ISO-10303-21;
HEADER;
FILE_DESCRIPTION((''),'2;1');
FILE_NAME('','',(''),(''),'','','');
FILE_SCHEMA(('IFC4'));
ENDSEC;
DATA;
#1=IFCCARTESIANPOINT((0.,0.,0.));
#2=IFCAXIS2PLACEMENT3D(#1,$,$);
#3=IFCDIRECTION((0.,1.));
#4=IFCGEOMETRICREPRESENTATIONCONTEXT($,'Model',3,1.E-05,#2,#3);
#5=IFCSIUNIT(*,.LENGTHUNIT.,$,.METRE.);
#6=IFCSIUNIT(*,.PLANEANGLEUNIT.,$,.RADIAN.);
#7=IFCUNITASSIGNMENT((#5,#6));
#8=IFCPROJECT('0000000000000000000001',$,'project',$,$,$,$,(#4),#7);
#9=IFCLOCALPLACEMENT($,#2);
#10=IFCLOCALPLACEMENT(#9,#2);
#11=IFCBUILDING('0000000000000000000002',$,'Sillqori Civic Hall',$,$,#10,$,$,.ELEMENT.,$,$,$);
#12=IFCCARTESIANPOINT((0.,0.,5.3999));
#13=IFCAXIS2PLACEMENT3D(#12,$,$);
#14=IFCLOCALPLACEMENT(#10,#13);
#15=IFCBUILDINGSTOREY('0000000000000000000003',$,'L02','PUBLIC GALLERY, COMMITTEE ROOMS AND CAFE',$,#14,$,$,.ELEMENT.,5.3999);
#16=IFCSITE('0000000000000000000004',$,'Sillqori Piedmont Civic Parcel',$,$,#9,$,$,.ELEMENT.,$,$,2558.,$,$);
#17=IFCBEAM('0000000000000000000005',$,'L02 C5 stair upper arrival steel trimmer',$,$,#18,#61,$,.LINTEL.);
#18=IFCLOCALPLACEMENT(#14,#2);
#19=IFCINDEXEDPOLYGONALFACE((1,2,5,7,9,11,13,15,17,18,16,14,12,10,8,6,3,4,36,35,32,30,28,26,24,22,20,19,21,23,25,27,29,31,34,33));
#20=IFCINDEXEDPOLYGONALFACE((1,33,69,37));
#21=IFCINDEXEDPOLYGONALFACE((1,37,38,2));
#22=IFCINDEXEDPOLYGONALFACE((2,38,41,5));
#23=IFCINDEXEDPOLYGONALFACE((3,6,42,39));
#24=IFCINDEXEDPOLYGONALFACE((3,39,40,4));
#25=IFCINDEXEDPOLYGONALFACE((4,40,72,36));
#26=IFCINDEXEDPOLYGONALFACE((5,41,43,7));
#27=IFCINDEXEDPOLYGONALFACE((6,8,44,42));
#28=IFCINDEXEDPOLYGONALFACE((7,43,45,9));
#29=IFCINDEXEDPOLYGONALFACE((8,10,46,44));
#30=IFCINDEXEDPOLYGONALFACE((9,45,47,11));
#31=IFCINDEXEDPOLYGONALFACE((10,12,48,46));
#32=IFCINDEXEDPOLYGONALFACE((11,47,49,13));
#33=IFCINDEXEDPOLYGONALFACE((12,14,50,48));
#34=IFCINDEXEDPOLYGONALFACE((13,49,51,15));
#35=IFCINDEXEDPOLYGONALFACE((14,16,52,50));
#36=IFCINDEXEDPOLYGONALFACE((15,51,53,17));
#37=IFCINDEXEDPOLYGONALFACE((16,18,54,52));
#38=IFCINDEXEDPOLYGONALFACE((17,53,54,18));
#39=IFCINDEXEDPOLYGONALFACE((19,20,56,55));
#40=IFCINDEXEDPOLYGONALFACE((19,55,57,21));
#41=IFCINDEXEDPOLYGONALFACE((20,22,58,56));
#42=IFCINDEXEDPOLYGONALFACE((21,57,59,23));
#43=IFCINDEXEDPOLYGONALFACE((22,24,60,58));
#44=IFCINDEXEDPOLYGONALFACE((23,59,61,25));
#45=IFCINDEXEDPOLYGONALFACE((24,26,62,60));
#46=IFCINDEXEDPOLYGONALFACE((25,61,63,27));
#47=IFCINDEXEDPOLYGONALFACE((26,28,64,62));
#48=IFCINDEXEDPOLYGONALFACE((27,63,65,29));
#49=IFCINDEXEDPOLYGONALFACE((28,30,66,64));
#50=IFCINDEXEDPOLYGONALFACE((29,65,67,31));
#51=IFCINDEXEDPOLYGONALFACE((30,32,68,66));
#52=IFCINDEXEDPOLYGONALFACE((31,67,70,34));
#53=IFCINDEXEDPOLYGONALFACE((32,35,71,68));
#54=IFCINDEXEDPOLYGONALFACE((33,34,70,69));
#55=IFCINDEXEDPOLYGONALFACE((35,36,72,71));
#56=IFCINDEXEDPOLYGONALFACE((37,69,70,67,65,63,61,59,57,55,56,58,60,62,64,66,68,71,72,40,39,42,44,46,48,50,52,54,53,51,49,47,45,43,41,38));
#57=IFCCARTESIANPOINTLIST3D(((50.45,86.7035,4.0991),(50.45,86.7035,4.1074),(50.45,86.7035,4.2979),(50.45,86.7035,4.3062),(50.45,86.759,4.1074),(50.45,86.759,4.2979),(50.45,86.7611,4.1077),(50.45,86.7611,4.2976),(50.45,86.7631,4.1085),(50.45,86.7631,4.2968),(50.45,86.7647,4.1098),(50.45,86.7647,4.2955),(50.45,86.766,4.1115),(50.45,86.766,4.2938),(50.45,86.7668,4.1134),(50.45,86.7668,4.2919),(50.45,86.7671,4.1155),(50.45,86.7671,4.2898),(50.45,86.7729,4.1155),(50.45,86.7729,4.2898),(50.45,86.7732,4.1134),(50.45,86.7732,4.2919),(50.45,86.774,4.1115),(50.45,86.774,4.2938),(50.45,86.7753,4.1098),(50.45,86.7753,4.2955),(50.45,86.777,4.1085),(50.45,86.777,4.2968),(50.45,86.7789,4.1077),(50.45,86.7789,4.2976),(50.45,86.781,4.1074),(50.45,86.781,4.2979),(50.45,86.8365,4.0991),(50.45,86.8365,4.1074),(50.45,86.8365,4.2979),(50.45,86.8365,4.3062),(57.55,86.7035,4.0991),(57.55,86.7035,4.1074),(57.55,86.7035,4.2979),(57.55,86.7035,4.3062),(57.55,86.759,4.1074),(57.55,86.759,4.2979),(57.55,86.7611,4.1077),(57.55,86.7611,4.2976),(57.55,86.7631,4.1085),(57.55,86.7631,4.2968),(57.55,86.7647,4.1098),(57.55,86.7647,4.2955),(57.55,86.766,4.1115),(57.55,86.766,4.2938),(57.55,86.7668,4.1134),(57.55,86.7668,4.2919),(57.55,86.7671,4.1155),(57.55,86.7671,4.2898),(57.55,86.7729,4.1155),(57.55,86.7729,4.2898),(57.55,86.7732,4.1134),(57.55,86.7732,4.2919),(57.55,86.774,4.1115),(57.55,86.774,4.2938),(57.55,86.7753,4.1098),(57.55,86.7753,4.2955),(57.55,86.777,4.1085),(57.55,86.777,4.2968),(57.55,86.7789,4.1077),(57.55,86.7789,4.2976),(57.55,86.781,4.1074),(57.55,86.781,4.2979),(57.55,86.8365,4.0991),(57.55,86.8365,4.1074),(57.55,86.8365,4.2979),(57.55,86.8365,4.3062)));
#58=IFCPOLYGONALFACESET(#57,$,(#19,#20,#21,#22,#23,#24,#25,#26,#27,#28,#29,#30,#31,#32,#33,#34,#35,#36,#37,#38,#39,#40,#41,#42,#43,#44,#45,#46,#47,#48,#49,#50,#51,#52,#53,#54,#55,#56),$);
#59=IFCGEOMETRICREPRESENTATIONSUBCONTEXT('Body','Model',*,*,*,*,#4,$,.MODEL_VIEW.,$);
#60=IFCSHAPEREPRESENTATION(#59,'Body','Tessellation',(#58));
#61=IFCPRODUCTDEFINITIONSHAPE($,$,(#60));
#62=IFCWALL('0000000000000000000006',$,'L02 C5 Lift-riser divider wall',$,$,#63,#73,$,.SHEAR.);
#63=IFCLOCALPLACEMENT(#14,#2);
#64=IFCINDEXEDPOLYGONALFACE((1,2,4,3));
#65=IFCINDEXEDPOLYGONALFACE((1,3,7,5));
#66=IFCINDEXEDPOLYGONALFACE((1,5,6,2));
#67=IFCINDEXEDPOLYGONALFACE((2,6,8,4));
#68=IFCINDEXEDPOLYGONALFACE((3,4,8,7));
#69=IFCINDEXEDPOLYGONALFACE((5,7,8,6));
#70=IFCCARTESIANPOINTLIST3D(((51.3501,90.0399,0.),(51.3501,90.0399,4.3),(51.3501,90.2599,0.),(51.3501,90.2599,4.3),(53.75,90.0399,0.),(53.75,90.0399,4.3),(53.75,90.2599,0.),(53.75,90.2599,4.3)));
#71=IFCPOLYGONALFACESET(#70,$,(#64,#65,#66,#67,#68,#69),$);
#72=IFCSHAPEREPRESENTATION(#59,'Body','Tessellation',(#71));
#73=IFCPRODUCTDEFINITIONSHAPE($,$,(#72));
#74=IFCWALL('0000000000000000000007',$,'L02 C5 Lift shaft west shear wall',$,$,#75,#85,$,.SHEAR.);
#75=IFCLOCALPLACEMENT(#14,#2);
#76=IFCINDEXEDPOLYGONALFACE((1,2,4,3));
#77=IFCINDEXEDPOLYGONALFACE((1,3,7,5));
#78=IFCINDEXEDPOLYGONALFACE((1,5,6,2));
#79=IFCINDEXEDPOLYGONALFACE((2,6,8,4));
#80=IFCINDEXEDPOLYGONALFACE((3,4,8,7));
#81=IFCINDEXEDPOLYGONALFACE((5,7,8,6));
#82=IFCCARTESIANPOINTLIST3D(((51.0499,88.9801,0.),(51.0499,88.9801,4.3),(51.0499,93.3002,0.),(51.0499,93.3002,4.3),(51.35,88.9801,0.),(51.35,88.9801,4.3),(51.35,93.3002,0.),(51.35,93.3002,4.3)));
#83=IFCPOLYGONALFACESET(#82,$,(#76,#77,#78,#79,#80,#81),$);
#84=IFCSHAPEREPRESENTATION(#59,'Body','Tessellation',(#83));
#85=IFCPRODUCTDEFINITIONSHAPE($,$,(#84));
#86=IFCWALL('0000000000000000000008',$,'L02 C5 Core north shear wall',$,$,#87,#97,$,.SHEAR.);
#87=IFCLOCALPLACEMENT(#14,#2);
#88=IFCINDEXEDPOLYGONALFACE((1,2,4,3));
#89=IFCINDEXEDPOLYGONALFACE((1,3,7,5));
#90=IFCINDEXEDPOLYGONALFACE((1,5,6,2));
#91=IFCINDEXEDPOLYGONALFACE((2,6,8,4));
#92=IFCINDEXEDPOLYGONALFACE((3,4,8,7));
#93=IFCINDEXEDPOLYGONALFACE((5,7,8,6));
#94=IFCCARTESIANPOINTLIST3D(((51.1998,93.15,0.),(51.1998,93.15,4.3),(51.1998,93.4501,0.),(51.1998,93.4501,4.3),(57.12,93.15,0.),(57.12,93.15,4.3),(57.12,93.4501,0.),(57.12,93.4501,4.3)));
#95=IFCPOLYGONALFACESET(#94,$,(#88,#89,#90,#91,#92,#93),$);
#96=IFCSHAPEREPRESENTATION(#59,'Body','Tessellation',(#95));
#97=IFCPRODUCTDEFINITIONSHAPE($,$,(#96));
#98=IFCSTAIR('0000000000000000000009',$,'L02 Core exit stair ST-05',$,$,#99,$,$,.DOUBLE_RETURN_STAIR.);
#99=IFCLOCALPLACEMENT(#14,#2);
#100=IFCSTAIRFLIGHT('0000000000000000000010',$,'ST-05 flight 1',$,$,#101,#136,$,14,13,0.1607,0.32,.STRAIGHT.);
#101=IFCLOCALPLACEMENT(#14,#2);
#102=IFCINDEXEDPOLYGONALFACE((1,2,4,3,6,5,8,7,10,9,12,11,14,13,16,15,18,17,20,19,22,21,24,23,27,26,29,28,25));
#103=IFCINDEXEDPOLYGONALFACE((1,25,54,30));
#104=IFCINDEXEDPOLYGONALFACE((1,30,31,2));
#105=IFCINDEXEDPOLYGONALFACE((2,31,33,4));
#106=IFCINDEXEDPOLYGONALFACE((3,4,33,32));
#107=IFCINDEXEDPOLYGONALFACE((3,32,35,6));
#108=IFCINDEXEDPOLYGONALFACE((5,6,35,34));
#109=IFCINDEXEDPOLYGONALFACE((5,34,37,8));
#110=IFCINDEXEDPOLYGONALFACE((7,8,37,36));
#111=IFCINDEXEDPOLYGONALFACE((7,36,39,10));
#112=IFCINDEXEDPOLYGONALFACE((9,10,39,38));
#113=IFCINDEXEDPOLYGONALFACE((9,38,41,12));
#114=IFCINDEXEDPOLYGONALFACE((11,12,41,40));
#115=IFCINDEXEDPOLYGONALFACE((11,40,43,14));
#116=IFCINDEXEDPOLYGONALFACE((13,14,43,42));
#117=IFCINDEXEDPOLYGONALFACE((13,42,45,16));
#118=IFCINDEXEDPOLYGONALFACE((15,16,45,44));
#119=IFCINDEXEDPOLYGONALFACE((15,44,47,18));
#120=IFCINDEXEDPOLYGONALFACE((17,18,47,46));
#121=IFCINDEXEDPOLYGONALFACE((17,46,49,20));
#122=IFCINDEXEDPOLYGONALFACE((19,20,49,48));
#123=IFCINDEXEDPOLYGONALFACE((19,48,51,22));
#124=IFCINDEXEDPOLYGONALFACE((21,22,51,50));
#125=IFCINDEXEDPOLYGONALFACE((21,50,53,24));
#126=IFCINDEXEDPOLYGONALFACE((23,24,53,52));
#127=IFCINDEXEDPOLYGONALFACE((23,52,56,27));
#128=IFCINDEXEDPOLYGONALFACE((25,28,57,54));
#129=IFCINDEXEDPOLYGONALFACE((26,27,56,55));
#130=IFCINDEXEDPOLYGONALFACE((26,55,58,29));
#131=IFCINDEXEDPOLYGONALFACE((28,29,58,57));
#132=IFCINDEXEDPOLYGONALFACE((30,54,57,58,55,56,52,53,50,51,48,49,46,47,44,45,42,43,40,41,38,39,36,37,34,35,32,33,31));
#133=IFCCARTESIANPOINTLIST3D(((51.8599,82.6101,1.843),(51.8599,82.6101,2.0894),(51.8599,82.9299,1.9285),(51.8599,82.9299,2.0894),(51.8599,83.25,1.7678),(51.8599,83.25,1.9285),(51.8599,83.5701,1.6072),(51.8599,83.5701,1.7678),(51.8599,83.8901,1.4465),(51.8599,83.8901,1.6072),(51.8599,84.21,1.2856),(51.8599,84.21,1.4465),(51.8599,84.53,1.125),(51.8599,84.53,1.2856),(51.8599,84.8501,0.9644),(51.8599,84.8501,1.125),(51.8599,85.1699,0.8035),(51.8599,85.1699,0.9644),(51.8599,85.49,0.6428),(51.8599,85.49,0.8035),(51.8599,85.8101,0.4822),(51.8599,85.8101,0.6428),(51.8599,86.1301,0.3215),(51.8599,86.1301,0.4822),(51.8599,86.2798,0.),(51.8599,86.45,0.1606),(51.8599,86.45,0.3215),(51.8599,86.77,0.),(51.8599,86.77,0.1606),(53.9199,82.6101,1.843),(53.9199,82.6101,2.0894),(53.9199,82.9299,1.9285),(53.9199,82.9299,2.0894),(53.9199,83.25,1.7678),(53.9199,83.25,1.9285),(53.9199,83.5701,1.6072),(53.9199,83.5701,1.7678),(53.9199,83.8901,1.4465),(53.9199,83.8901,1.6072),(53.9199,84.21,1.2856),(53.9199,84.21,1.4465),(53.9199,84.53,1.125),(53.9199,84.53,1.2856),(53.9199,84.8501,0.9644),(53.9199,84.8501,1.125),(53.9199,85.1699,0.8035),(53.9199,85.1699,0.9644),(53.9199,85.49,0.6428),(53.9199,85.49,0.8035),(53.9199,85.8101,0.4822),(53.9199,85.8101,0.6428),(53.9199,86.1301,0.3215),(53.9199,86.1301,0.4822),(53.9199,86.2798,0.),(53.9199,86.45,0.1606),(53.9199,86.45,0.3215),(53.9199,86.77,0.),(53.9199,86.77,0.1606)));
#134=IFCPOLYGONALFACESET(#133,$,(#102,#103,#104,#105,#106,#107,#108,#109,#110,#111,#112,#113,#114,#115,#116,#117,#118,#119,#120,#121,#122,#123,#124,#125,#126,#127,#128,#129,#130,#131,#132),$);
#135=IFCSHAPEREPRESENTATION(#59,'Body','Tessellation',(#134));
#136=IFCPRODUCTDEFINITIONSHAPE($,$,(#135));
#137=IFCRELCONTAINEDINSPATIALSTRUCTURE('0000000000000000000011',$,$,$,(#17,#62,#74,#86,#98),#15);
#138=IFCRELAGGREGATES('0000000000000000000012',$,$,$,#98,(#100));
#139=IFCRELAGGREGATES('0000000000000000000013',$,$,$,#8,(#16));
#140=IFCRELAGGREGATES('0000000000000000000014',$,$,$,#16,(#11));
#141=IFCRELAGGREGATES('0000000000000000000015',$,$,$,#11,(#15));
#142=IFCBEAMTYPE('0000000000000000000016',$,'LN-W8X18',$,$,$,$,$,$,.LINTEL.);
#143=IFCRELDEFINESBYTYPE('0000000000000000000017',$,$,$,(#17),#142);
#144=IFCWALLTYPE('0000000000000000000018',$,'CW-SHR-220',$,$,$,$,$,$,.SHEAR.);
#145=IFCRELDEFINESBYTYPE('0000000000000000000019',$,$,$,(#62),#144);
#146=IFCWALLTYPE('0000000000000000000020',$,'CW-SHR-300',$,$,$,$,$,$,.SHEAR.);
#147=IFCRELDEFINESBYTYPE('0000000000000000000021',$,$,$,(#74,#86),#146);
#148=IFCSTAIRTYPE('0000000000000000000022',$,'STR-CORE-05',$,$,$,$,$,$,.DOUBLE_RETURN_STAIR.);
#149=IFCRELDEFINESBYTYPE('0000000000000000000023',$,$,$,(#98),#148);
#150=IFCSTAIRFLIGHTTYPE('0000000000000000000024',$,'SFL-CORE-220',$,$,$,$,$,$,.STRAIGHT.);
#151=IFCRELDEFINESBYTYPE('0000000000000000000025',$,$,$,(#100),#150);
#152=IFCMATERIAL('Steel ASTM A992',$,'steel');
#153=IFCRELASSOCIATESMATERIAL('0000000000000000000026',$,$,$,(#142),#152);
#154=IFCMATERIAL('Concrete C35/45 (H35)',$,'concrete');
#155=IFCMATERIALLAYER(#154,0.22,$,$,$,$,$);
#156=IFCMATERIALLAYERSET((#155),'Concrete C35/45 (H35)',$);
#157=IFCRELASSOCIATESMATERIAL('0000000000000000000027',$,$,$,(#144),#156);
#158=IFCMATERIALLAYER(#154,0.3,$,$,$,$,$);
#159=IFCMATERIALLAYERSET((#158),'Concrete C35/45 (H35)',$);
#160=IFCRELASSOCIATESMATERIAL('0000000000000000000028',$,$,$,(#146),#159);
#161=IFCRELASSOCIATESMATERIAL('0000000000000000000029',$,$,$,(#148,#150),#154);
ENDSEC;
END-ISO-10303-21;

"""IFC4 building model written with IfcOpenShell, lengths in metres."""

from ifc_helpers import new_model, si_unit, direction, frame, frame_2d, origin, origin_2d, place, context, subcontext, project, spatial, polyline, rectangle, i_section, outline, extrude, material, layer, layer_set, material_profile, profile_set, type_object, element, aggregate, save


model = new_model("IFC4")

# Units and contexts
model_context = context("Model", 3, precision=1e-05, world=origin(), true_north=direction((0.0, 1.0)))
body_context = subcontext(model_context, "Body", "Model", "MODEL_VIEW")
ifc_project = project(units=[si_unit("LENGTHUNIT", "METRE"), si_unit("PLANEANGLEUNIT", "RADIAN")], contexts=[model_context])

# Site, building, storey
site_placement = place(None, origin())
site = spatial("IfcSite", under=ifc_project, at=site_placement, Name="Sillqori Piedmont Civic Parcel", CompositionType="ELEMENT", RefElevation=2558.0)
building_placement = place(site_placement, origin())
building = spatial("IfcBuilding", under=site, at=building_placement, Name="Sillqori Civic Hall", CompositionType="ELEMENT")
storey_placement = place(building_placement, frame((0.0, 0.0, 5.3999)))
storey = spatial("IfcBuildingStorey", under=building, at=storey_placement, Name="L02", Description="PUBLIC GALLERY, COMMITTEE ROOMS AND CAFE", CompositionType="ELEMENT", Elevation=5.3999)

# Shared definitions
ifc_material_1 = material(Name="Steel ASTM A992", Category="steel")

# Beam
ifc_material_profile_1 = material_profile(ifc_material_1, i_section(OverallWidth=0.1331, OverallDepth=0.207, WebThickness=0.0059, FlangeThickness=0.0083, FilletRadius=0.0081, at=origin_2d()), Name="W8X18")
ifc_profile_set_1 = profile_set([ifc_material_profile_1], Name="Steel ASTM A992")
beam_type_1 = type_object("IfcBeamType", Name="LN-W8X18", PredefinedType="LINTEL", material=ifc_profile_set_1)
beam_1_placement = place(storey_placement, frame((50.45, 86.77, 4.2026), z_axis=(1.0, 0.0, 0.0), x_axis=(0.0, 1.0, 0.0)))
element("IfcBeam", 1, at=beam_1_placement, inside=storey, type_object=beam_type_1, Name="L02 C5 stair upper arrival steel trimmer", PredefinedType="LINTEL", context=body_context, shape_type="SweptSolid", body=[
    extrude(i_section(OverallWidth=0.1331, OverallDepth=0.207, WebThickness=0.0059, FlangeThickness=0.0083, FilletRadius=0.0081, at=origin_2d()), origin(), (0.0, 0.0, 1.0), 7.1001),
])

# Wall
ifc_material_2 = material(Name="Concrete C35/45 (H35)", Category="concrete")
ifc_layer_1 = layer(ifc_material_2, 0.22)
ifc_layer_set_1 = layer_set([ifc_layer_1], Name="Concrete C35/45 (H35)")
wall_type_1 = type_object("IfcWallType", Name="CW-SHR-220", PredefinedType="SHEAR", material=ifc_layer_set_1)
wall_1_placement = place(storey_placement, frame((51.3501, 90.1499, 0.0), z_axis=(0.0, 0.0, 1.0), x_axis=(1.0, 0.0, 0.0)))
element("IfcWall", 2, at=wall_1_placement, inside=storey, type_object=wall_type_1, Name="L02 C5 Lift-riser divider wall", PredefinedType="SHEAR", context=body_context, shape_type="SweptSolid", body=[
    extrude(rectangle(XDim=2.3999, YDim=0.22, at=frame_2d((1.2, 0.0))), origin(), (0.0, 0.0, 1.0), 4.3),
])

# Walls
ifc_layer_2 = layer(ifc_material_2, 0.3)
ifc_layer_set_2 = layer_set([ifc_layer_2], Name="Concrete C35/45 (H35)")
wall_type_2 = type_object("IfcWallType", Name="CW-SHR-300", PredefinedType="SHEAR", material=ifc_layer_set_2)
wall_2_placement = place(storey_placement, frame((51.2, 88.98, 0.0), z_axis=(0.0, 0.0, 1.0), x_axis=(0.0, 1.0, 0.0)))
element("IfcWall", 3, at=wall_2_placement, inside=storey, type_object=wall_type_2, Name="L02 C5 Lift shaft west shear wall", PredefinedType="SHEAR", context=body_context, shape_type="SweptSolid", body=[
    extrude(rectangle(XDim=4.3201, YDim=0.3, at=frame_2d((2.1602, 0.0))), origin(), (0.0, 0.0, 1.0), 4.3),
])
wall_3_placement = place(storey_placement, frame((51.2, 93.3, 0.0), z_axis=(0.0, 0.0, 1.0), x_axis=(1.0, 0.0, 0.0)))
element("IfcWall", 4, at=wall_3_placement, inside=storey, type_object=wall_type_2, Name="L02 C5 Core north shear wall", PredefinedType="SHEAR", context=body_context, shape_type="SweptSolid", body=[
    extrude(rectangle(XDim=5.9202, YDim=0.3, at=frame_2d((2.96, 0.0))), origin(), (0.0, 0.0, 1.0), 4.3),
])

# Stair, stair flight
stair_type = type_object("IfcStairType", Name="STR-CORE-05", PredefinedType="DOUBLE_RETURN_STAIR", material=ifc_material_2)
stair_placement = place(storey_placement, origin())
stair = element("IfcStair", 5, at=stair_placement, inside=storey, type_object=stair_type, Name="L02 Core exit stair ST-05", PredefinedType="DOUBLE_RETURN_STAIR")
stair_flight_type = type_object("IfcStairFlightType", Name="SFL-CORE-220", PredefinedType="STRAIGHT", material=ifc_material_2)
stair_flight_placement = place(storey_placement, frame((52.8899, 86.77, 0.0), z_axis=(0.0, 0.0, 1.0), x_axis=(0.0, -1.0, 0.0)))
stair_flight = element("IfcStairFlight", 6, at=stair_flight_placement, type_object=stair_flight_type, Name="ST-05 flight 1", NumberOfRisers=14, NumberOfTreads=13, PredefinedType="STRAIGHT", RiserHeight=0.1607, TreadLength=0.32, context=body_context, shape_type="SweptSolid", body=[
    extrude(outline(polyline([(0.0, 0.0), (0.0, 0.1606), (0.3201, 0.1606), (0.3201, 0.3215), (0.6399, 0.3215), (0.6399, 0.4822), (0.96, 0.4822), (0.96, 0.6428), (1.28, 0.6428), (1.28, 0.8035), (1.6001, 0.8035), (1.6001, 0.9644), (1.9199, 0.9644), (1.9199, 1.125), (2.24, 1.125), (2.24, 1.2856), (2.5601, 1.2856), (2.5601, 1.4465), (2.8799, 1.4465), (2.8799, 1.6072), (3.2, 1.6072), (3.2, 1.7678), (3.52, 1.7678), (3.52, 1.9285), (3.8401, 1.9285), (3.8401, 2.0894), (4.1599, 2.0894), (4.1599, 2.25), (4.1599, 1.843), (0.4902, 0.0), (0.0, 0.0)])), frame((0.0, 1.03, 0.0), z_axis=(0.0, -1.0, 0.0), x_axis=(1.0, 0.0, 0.0)), (0.0, 0.0, 1.0), 2.0601),
])
aggregate(stair, [stair_flight])

save(model, "model.ifc")
